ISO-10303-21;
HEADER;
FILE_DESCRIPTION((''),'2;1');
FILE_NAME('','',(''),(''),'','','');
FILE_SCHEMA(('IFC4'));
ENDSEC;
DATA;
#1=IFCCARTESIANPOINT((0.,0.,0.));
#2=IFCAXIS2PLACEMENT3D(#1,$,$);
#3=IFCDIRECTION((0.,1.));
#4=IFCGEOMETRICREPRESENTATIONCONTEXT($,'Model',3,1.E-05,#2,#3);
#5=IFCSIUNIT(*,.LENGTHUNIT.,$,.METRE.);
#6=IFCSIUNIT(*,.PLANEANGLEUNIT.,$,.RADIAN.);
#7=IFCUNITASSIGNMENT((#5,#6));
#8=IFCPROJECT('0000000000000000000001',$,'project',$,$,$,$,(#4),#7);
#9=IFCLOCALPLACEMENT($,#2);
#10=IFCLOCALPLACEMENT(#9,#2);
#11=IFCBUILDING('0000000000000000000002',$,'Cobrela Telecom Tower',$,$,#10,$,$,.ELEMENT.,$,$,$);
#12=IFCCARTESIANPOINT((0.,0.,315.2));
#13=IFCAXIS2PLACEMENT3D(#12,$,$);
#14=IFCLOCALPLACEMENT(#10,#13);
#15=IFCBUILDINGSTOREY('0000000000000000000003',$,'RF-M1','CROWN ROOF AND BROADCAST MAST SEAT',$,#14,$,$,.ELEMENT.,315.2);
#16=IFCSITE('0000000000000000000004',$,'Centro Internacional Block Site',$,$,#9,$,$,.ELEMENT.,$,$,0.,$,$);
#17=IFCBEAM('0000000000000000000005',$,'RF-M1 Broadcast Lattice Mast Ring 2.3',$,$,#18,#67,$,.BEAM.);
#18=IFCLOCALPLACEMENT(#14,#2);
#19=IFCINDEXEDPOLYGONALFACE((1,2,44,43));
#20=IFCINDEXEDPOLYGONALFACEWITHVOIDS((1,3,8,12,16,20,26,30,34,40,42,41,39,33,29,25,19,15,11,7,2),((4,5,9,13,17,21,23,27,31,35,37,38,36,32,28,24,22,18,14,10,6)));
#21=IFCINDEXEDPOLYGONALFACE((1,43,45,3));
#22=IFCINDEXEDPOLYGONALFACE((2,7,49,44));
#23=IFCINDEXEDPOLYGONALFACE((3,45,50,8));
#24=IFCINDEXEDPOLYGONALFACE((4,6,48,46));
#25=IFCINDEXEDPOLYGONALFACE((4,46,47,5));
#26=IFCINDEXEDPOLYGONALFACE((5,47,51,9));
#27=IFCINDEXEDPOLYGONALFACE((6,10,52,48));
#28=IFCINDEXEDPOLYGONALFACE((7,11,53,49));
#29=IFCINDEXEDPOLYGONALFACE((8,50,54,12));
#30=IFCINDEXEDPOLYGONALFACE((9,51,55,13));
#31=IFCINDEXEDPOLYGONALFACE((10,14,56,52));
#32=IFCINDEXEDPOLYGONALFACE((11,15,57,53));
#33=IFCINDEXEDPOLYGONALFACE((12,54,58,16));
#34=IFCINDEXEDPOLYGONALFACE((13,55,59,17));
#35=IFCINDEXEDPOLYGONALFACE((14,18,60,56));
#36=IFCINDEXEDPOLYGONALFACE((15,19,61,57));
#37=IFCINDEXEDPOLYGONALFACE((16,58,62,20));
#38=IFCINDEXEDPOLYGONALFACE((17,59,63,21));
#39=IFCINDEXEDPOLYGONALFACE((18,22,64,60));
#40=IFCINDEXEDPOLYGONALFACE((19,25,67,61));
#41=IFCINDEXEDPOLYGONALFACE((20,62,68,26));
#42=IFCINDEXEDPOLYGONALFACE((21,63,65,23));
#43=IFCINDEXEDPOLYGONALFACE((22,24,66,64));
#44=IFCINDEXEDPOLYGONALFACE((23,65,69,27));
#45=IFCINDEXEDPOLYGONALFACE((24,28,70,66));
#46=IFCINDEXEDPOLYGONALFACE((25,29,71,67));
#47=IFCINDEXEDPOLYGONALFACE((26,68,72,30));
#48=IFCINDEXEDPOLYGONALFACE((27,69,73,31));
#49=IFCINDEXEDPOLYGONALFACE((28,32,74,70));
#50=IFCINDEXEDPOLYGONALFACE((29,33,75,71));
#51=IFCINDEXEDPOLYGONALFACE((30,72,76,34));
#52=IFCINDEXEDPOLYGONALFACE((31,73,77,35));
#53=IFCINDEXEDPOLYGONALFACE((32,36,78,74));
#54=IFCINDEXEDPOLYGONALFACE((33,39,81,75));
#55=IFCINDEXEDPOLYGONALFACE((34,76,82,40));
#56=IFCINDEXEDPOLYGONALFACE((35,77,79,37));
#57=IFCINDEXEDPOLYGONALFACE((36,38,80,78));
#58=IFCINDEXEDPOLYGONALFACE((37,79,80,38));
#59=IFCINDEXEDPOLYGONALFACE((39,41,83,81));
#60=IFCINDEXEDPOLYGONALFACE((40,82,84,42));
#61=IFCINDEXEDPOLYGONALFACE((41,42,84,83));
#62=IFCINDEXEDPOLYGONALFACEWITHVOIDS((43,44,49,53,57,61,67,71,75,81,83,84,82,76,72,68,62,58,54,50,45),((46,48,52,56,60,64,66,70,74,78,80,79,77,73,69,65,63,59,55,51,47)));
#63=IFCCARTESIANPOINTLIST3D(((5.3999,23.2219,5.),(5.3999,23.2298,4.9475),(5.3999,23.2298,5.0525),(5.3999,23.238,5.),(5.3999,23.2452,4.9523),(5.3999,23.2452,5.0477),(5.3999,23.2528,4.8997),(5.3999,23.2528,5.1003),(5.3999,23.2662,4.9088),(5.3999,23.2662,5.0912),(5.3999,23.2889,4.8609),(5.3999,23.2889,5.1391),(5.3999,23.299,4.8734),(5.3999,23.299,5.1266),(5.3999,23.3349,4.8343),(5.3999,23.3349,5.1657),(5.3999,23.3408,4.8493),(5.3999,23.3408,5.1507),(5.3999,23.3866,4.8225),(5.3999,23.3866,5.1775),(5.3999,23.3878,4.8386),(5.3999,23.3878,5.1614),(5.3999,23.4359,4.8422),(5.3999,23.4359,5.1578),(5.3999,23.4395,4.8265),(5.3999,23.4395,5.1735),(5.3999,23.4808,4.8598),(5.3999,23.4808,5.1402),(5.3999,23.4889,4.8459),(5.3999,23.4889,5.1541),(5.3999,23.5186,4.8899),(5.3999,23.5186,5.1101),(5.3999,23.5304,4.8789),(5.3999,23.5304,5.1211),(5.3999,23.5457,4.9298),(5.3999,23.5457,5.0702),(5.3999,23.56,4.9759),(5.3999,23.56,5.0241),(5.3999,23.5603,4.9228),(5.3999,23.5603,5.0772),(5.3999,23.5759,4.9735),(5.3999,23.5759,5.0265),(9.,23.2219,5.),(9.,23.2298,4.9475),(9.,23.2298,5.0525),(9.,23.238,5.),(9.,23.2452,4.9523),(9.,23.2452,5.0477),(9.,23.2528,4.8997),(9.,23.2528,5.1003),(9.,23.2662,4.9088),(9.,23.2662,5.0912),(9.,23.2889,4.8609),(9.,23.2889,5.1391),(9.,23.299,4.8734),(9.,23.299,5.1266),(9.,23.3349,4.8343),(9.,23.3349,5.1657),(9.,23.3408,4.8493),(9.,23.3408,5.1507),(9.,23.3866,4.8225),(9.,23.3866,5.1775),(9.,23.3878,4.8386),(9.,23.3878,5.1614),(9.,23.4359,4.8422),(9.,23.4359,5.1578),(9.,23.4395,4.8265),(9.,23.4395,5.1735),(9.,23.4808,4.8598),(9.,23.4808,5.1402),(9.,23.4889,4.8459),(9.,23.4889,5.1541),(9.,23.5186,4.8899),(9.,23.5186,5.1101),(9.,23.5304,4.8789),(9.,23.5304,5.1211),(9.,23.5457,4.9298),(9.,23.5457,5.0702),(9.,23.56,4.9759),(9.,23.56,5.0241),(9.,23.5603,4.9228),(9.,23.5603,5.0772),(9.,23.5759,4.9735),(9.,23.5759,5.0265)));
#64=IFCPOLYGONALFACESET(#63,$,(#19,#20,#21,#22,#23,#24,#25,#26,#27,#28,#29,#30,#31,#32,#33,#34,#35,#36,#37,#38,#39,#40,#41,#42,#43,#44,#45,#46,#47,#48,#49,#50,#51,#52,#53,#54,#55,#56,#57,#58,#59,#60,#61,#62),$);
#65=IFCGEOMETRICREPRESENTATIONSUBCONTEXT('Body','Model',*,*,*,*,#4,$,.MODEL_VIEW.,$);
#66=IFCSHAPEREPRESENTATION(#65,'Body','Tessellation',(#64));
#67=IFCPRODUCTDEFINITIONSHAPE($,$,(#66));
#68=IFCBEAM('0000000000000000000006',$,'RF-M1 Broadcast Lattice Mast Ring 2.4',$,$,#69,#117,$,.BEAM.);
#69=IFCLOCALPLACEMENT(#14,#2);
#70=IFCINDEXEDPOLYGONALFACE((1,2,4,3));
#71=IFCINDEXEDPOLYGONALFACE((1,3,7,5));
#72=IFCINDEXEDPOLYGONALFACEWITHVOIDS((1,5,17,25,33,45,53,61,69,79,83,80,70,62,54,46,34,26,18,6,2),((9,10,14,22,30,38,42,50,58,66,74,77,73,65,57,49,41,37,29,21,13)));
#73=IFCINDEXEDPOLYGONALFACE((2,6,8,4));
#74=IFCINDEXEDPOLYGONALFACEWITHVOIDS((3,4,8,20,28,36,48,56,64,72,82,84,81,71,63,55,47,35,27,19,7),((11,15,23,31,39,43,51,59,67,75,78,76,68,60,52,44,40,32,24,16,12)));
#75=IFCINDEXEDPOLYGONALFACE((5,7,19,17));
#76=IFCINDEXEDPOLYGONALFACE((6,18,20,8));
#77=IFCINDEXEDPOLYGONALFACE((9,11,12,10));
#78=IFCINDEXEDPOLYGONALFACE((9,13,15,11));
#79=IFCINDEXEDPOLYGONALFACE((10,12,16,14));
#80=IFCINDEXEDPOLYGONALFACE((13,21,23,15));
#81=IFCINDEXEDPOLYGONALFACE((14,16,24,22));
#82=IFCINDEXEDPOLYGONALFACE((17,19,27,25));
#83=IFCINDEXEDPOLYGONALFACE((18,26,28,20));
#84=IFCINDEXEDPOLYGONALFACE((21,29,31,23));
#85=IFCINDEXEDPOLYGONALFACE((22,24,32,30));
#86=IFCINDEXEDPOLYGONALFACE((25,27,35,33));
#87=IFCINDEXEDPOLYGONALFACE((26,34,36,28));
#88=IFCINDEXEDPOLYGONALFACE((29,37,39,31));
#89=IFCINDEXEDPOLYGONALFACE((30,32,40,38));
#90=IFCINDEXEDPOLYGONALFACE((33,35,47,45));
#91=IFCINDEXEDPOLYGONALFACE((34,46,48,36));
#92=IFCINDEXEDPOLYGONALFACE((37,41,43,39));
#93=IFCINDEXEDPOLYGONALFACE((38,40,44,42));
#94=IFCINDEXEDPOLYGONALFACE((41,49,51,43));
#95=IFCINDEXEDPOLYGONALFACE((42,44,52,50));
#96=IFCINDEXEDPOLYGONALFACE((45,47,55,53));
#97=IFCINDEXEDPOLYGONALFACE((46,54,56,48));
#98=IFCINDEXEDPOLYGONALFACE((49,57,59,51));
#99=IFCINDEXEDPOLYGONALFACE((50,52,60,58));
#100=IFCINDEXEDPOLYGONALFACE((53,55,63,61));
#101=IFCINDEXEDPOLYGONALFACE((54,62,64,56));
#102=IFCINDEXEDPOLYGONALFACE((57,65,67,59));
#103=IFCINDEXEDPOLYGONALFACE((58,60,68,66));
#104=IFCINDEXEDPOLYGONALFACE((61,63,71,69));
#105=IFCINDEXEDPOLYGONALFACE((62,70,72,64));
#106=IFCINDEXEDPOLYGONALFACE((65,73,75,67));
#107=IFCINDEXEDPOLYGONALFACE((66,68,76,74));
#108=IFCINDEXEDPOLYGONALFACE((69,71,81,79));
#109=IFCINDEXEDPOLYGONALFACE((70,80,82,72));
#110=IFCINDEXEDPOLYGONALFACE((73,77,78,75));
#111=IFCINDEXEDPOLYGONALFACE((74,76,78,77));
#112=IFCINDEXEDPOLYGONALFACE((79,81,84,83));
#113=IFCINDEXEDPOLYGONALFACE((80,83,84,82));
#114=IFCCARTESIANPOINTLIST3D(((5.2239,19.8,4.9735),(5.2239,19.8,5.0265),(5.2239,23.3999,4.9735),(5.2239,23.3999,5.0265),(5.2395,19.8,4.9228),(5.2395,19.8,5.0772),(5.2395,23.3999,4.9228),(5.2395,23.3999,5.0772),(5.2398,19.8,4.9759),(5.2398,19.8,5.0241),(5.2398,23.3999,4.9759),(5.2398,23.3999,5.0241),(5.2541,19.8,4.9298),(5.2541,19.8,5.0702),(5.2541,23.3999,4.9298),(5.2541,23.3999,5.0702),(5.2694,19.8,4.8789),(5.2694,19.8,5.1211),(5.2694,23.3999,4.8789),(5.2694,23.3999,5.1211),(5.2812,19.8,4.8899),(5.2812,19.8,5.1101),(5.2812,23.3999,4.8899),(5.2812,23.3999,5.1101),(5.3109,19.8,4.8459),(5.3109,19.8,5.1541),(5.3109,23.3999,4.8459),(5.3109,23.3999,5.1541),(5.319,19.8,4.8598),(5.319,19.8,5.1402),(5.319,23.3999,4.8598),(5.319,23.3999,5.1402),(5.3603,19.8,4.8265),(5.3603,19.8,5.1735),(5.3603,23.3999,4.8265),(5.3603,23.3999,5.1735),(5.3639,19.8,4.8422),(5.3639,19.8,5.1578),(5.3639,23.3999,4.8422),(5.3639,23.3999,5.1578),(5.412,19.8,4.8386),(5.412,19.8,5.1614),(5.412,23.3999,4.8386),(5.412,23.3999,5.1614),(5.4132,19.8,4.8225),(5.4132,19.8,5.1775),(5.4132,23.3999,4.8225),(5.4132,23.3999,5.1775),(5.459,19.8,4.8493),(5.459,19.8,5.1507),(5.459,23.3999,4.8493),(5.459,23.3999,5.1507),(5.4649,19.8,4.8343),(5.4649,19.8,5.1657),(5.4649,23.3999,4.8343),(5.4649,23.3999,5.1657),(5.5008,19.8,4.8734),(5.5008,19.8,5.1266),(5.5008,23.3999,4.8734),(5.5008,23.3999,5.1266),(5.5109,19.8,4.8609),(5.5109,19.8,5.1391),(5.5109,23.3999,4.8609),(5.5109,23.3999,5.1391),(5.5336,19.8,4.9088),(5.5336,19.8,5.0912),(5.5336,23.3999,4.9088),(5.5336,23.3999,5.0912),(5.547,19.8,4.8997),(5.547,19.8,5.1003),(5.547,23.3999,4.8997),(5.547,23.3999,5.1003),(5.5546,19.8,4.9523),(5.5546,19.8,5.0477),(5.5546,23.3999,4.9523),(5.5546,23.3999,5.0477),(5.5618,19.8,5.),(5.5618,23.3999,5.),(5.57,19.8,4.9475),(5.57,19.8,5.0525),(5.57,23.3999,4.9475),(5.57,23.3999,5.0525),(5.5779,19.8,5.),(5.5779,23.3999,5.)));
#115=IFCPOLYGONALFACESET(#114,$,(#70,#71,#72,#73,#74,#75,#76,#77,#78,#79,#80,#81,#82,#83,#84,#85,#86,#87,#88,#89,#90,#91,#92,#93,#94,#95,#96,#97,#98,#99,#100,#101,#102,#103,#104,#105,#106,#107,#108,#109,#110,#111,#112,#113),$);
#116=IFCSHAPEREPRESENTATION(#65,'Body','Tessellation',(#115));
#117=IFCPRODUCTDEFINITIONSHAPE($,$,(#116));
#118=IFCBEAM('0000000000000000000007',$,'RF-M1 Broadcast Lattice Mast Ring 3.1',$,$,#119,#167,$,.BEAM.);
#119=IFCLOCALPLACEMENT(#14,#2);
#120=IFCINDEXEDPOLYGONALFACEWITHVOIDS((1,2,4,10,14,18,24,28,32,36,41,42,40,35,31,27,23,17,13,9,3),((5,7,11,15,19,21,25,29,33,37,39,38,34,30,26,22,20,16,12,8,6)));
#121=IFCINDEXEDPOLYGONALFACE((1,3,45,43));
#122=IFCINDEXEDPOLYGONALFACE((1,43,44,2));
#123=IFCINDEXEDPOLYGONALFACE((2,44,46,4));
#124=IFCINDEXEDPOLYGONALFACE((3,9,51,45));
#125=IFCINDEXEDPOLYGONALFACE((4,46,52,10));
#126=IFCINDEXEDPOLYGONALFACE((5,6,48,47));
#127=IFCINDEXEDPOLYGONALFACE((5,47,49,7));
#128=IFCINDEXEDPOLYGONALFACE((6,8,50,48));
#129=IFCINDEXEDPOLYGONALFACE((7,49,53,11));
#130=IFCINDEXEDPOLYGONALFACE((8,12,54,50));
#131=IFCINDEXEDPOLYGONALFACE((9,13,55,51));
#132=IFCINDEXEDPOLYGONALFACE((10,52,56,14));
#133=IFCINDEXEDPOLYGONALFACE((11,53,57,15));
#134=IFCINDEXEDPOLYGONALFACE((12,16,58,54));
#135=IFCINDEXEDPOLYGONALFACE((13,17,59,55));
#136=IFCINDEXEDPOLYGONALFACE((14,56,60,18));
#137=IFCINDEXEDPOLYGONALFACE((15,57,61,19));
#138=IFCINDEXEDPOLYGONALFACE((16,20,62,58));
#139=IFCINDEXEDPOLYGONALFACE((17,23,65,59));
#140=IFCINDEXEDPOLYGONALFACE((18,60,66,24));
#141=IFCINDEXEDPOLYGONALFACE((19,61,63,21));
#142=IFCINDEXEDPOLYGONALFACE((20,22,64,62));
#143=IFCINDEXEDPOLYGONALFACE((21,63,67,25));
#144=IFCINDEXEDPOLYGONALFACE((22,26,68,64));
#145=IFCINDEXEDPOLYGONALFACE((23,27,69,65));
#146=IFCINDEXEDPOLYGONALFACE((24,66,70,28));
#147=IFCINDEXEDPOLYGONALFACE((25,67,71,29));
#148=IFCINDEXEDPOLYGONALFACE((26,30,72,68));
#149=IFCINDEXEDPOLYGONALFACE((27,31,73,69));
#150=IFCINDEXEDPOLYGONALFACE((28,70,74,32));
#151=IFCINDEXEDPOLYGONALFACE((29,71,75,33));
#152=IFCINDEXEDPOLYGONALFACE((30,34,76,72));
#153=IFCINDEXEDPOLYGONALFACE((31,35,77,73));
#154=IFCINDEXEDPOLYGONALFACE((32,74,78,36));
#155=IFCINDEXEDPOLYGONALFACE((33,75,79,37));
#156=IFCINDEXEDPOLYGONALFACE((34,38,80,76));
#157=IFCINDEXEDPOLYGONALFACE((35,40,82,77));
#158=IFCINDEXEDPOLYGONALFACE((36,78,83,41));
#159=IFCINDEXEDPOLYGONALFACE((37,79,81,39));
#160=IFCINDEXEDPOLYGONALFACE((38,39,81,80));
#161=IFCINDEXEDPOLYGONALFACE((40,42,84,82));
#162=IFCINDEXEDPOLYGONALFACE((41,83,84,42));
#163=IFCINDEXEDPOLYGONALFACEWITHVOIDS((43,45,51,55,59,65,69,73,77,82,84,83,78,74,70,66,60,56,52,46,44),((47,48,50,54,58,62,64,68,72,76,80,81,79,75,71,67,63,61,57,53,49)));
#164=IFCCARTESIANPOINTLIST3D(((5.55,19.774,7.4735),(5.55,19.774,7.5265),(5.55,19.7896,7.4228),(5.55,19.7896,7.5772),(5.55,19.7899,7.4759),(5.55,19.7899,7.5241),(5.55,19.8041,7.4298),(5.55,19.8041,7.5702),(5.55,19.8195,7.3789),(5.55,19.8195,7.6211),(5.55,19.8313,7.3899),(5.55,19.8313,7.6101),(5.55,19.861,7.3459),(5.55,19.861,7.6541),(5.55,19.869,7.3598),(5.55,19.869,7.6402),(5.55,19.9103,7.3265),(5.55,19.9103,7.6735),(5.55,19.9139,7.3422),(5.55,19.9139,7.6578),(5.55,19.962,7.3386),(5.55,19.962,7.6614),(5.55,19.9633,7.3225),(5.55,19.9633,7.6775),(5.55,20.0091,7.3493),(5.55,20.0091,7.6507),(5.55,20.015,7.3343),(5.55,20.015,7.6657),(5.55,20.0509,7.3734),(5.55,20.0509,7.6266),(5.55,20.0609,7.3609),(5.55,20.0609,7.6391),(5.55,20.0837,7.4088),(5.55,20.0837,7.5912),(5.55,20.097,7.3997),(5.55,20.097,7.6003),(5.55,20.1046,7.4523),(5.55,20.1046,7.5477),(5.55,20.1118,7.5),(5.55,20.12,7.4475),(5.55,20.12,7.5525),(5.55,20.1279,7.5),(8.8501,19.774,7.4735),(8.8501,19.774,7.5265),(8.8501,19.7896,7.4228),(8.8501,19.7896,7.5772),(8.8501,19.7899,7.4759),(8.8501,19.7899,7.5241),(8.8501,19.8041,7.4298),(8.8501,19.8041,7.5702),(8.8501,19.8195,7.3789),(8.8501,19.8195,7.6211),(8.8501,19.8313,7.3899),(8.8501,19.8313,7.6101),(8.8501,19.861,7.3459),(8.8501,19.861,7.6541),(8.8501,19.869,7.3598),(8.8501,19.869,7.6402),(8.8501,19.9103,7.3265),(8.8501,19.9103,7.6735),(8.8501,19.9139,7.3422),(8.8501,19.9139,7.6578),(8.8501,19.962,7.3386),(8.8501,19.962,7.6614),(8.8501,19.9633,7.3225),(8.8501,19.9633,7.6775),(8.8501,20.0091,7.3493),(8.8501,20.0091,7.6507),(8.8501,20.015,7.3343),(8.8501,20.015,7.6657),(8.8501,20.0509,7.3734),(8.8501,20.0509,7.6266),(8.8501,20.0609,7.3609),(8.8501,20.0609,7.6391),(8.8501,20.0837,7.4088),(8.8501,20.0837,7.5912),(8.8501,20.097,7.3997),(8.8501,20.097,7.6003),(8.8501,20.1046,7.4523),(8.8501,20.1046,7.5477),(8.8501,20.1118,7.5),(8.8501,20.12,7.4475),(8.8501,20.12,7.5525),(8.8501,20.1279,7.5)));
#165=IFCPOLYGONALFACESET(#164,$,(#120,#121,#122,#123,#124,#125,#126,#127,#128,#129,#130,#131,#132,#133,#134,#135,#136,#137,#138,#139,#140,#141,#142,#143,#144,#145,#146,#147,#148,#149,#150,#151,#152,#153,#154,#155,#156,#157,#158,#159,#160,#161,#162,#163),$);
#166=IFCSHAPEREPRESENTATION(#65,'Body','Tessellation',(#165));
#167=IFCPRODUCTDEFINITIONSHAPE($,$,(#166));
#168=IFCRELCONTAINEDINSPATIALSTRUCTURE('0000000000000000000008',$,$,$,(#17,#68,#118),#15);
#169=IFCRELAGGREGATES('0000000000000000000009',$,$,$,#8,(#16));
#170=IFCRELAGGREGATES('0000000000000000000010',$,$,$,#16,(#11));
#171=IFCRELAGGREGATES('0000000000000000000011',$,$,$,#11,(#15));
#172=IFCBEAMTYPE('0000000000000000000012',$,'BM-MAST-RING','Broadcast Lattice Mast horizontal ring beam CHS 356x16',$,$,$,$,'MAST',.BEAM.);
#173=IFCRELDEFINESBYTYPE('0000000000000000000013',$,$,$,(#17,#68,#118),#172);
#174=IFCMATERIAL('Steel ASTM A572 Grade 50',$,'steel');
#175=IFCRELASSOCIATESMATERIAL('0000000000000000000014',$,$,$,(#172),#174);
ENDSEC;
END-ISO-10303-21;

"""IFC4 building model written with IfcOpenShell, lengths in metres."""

from ifc_helpers import new_model, si_unit, direction, frame, origin, origin_2d, place, context, subcontext, project, spatial, hollow_circle, extrude, material, material_profile, profile_set, type_object, element, save


model = new_model("IFC4")

# Units and contexts
model_context = context("Model", 3, precision=1e-05, world=origin(), true_north=direction((0.0, 1.0)))
body_context = subcontext(model_context, "Body", "Model", "MODEL_VIEW")
ifc_project = project(units=[si_unit("LENGTHUNIT", "METRE"), si_unit("PLANEANGLEUNIT", "RADIAN")], contexts=[model_context])

# Site, building, storey
site_placement = place(None, origin())
site = spatial("IfcSite", under=ifc_project, at=site_placement, Name="Centro Internacional Block Site", CompositionType="ELEMENT", RefElevation=0.0)
building_placement = place(site_placement, origin())
building = spatial("IfcBuilding", under=site, at=building_placement, Name="Cobrela Telecom Tower", CompositionType="ELEMENT")
storey_placement = place(building_placement, frame((0.0, 0.0, 315.2)))
storey = spatial("IfcBuildingStorey", under=building, at=storey_placement, Name="RF-M1", Description="CROWN ROOF AND BROADCAST MAST SEAT", CompositionType="ELEMENT", Elevation=315.2)

# Beams
ifc_material = material(Name="Steel ASTM A572 Grade 50", Category="steel")
ifc_material_profile_1 = material_profile(ifc_material, hollow_circle(Radius=0.178, WallThickness=0.0161, at=origin_2d()), Name="CHS 356x16")
ifc_profile_set_1 = profile_set([ifc_material_profile_1], Name="Steel ASTM A572 Grade 50")
beam_type = type_object("IfcBeamType", Name="BM-MAST-RING", Description="Broadcast Lattice Mast horizontal ring beam CHS 356x16", ElementType="MAST", PredefinedType="BEAM", material=ifc_profile_set_1)
beam_1_placement = place(storey_placement, frame((9.0, 23.3999, 5.0), z_axis=(-1.0, 0.0, 0.0), x_axis=(0.0, -1.0, 0.0)))
element("IfcBeam", 1, at=beam_1_placement, inside=storey, type_object=beam_type, Name="RF-M1 Broadcast Lattice Mast Ring 2.3", PredefinedType="BEAM", context=body_context, shape_type="SweptSolid", body=[
    extrude(hollow_circle(Radius=0.178, WallThickness=0.0161, at=origin_2d()), origin(), (0.0, 0.0, 1.0), 3.6001),
])
beam_2_placement = place(storey_placement, frame((5.3999, 23.3999, 5.0), z_axis=(0.0, -1.0, 0.0), x_axis=(1.0, 0.0, 0.0)))
element("IfcBeam", 2, at=beam_2_placement, inside=storey, type_object=beam_type, Name="RF-M1 Broadcast Lattice Mast Ring 2.4", PredefinedType="BEAM", context=body_context, shape_type="SweptSolid", body=[
    extrude(hollow_circle(Radius=0.178, WallThickness=0.0161, at=origin_2d()), origin(), (0.0, 0.0, 1.0), 3.5999),
])
for number, where, z_axis, x_axis, name in (
    (3, (5.55, 19.95, 7.5), (1.0, 0.0, 0.0), (0.0, 1.0, 0.0), "RF-M1 Broadcast Lattice Mast Ring 3.1"),
):
    element("IfcBeam", number, at=place(storey_placement, frame(where, z_axis=z_axis, x_axis=x_axis)), inside=storey, type_object=beam_type, Name=name, PredefinedType="BEAM", context=body_context, shape_type="SweptSolid", body=[
        extrude(hollow_circle(Radius=0.178, WallThickness=0.0161, at=origin_2d()), origin(), (0.0, 0.0, 1.0), 3.3),
    ])

save(model, "model.ifc")
